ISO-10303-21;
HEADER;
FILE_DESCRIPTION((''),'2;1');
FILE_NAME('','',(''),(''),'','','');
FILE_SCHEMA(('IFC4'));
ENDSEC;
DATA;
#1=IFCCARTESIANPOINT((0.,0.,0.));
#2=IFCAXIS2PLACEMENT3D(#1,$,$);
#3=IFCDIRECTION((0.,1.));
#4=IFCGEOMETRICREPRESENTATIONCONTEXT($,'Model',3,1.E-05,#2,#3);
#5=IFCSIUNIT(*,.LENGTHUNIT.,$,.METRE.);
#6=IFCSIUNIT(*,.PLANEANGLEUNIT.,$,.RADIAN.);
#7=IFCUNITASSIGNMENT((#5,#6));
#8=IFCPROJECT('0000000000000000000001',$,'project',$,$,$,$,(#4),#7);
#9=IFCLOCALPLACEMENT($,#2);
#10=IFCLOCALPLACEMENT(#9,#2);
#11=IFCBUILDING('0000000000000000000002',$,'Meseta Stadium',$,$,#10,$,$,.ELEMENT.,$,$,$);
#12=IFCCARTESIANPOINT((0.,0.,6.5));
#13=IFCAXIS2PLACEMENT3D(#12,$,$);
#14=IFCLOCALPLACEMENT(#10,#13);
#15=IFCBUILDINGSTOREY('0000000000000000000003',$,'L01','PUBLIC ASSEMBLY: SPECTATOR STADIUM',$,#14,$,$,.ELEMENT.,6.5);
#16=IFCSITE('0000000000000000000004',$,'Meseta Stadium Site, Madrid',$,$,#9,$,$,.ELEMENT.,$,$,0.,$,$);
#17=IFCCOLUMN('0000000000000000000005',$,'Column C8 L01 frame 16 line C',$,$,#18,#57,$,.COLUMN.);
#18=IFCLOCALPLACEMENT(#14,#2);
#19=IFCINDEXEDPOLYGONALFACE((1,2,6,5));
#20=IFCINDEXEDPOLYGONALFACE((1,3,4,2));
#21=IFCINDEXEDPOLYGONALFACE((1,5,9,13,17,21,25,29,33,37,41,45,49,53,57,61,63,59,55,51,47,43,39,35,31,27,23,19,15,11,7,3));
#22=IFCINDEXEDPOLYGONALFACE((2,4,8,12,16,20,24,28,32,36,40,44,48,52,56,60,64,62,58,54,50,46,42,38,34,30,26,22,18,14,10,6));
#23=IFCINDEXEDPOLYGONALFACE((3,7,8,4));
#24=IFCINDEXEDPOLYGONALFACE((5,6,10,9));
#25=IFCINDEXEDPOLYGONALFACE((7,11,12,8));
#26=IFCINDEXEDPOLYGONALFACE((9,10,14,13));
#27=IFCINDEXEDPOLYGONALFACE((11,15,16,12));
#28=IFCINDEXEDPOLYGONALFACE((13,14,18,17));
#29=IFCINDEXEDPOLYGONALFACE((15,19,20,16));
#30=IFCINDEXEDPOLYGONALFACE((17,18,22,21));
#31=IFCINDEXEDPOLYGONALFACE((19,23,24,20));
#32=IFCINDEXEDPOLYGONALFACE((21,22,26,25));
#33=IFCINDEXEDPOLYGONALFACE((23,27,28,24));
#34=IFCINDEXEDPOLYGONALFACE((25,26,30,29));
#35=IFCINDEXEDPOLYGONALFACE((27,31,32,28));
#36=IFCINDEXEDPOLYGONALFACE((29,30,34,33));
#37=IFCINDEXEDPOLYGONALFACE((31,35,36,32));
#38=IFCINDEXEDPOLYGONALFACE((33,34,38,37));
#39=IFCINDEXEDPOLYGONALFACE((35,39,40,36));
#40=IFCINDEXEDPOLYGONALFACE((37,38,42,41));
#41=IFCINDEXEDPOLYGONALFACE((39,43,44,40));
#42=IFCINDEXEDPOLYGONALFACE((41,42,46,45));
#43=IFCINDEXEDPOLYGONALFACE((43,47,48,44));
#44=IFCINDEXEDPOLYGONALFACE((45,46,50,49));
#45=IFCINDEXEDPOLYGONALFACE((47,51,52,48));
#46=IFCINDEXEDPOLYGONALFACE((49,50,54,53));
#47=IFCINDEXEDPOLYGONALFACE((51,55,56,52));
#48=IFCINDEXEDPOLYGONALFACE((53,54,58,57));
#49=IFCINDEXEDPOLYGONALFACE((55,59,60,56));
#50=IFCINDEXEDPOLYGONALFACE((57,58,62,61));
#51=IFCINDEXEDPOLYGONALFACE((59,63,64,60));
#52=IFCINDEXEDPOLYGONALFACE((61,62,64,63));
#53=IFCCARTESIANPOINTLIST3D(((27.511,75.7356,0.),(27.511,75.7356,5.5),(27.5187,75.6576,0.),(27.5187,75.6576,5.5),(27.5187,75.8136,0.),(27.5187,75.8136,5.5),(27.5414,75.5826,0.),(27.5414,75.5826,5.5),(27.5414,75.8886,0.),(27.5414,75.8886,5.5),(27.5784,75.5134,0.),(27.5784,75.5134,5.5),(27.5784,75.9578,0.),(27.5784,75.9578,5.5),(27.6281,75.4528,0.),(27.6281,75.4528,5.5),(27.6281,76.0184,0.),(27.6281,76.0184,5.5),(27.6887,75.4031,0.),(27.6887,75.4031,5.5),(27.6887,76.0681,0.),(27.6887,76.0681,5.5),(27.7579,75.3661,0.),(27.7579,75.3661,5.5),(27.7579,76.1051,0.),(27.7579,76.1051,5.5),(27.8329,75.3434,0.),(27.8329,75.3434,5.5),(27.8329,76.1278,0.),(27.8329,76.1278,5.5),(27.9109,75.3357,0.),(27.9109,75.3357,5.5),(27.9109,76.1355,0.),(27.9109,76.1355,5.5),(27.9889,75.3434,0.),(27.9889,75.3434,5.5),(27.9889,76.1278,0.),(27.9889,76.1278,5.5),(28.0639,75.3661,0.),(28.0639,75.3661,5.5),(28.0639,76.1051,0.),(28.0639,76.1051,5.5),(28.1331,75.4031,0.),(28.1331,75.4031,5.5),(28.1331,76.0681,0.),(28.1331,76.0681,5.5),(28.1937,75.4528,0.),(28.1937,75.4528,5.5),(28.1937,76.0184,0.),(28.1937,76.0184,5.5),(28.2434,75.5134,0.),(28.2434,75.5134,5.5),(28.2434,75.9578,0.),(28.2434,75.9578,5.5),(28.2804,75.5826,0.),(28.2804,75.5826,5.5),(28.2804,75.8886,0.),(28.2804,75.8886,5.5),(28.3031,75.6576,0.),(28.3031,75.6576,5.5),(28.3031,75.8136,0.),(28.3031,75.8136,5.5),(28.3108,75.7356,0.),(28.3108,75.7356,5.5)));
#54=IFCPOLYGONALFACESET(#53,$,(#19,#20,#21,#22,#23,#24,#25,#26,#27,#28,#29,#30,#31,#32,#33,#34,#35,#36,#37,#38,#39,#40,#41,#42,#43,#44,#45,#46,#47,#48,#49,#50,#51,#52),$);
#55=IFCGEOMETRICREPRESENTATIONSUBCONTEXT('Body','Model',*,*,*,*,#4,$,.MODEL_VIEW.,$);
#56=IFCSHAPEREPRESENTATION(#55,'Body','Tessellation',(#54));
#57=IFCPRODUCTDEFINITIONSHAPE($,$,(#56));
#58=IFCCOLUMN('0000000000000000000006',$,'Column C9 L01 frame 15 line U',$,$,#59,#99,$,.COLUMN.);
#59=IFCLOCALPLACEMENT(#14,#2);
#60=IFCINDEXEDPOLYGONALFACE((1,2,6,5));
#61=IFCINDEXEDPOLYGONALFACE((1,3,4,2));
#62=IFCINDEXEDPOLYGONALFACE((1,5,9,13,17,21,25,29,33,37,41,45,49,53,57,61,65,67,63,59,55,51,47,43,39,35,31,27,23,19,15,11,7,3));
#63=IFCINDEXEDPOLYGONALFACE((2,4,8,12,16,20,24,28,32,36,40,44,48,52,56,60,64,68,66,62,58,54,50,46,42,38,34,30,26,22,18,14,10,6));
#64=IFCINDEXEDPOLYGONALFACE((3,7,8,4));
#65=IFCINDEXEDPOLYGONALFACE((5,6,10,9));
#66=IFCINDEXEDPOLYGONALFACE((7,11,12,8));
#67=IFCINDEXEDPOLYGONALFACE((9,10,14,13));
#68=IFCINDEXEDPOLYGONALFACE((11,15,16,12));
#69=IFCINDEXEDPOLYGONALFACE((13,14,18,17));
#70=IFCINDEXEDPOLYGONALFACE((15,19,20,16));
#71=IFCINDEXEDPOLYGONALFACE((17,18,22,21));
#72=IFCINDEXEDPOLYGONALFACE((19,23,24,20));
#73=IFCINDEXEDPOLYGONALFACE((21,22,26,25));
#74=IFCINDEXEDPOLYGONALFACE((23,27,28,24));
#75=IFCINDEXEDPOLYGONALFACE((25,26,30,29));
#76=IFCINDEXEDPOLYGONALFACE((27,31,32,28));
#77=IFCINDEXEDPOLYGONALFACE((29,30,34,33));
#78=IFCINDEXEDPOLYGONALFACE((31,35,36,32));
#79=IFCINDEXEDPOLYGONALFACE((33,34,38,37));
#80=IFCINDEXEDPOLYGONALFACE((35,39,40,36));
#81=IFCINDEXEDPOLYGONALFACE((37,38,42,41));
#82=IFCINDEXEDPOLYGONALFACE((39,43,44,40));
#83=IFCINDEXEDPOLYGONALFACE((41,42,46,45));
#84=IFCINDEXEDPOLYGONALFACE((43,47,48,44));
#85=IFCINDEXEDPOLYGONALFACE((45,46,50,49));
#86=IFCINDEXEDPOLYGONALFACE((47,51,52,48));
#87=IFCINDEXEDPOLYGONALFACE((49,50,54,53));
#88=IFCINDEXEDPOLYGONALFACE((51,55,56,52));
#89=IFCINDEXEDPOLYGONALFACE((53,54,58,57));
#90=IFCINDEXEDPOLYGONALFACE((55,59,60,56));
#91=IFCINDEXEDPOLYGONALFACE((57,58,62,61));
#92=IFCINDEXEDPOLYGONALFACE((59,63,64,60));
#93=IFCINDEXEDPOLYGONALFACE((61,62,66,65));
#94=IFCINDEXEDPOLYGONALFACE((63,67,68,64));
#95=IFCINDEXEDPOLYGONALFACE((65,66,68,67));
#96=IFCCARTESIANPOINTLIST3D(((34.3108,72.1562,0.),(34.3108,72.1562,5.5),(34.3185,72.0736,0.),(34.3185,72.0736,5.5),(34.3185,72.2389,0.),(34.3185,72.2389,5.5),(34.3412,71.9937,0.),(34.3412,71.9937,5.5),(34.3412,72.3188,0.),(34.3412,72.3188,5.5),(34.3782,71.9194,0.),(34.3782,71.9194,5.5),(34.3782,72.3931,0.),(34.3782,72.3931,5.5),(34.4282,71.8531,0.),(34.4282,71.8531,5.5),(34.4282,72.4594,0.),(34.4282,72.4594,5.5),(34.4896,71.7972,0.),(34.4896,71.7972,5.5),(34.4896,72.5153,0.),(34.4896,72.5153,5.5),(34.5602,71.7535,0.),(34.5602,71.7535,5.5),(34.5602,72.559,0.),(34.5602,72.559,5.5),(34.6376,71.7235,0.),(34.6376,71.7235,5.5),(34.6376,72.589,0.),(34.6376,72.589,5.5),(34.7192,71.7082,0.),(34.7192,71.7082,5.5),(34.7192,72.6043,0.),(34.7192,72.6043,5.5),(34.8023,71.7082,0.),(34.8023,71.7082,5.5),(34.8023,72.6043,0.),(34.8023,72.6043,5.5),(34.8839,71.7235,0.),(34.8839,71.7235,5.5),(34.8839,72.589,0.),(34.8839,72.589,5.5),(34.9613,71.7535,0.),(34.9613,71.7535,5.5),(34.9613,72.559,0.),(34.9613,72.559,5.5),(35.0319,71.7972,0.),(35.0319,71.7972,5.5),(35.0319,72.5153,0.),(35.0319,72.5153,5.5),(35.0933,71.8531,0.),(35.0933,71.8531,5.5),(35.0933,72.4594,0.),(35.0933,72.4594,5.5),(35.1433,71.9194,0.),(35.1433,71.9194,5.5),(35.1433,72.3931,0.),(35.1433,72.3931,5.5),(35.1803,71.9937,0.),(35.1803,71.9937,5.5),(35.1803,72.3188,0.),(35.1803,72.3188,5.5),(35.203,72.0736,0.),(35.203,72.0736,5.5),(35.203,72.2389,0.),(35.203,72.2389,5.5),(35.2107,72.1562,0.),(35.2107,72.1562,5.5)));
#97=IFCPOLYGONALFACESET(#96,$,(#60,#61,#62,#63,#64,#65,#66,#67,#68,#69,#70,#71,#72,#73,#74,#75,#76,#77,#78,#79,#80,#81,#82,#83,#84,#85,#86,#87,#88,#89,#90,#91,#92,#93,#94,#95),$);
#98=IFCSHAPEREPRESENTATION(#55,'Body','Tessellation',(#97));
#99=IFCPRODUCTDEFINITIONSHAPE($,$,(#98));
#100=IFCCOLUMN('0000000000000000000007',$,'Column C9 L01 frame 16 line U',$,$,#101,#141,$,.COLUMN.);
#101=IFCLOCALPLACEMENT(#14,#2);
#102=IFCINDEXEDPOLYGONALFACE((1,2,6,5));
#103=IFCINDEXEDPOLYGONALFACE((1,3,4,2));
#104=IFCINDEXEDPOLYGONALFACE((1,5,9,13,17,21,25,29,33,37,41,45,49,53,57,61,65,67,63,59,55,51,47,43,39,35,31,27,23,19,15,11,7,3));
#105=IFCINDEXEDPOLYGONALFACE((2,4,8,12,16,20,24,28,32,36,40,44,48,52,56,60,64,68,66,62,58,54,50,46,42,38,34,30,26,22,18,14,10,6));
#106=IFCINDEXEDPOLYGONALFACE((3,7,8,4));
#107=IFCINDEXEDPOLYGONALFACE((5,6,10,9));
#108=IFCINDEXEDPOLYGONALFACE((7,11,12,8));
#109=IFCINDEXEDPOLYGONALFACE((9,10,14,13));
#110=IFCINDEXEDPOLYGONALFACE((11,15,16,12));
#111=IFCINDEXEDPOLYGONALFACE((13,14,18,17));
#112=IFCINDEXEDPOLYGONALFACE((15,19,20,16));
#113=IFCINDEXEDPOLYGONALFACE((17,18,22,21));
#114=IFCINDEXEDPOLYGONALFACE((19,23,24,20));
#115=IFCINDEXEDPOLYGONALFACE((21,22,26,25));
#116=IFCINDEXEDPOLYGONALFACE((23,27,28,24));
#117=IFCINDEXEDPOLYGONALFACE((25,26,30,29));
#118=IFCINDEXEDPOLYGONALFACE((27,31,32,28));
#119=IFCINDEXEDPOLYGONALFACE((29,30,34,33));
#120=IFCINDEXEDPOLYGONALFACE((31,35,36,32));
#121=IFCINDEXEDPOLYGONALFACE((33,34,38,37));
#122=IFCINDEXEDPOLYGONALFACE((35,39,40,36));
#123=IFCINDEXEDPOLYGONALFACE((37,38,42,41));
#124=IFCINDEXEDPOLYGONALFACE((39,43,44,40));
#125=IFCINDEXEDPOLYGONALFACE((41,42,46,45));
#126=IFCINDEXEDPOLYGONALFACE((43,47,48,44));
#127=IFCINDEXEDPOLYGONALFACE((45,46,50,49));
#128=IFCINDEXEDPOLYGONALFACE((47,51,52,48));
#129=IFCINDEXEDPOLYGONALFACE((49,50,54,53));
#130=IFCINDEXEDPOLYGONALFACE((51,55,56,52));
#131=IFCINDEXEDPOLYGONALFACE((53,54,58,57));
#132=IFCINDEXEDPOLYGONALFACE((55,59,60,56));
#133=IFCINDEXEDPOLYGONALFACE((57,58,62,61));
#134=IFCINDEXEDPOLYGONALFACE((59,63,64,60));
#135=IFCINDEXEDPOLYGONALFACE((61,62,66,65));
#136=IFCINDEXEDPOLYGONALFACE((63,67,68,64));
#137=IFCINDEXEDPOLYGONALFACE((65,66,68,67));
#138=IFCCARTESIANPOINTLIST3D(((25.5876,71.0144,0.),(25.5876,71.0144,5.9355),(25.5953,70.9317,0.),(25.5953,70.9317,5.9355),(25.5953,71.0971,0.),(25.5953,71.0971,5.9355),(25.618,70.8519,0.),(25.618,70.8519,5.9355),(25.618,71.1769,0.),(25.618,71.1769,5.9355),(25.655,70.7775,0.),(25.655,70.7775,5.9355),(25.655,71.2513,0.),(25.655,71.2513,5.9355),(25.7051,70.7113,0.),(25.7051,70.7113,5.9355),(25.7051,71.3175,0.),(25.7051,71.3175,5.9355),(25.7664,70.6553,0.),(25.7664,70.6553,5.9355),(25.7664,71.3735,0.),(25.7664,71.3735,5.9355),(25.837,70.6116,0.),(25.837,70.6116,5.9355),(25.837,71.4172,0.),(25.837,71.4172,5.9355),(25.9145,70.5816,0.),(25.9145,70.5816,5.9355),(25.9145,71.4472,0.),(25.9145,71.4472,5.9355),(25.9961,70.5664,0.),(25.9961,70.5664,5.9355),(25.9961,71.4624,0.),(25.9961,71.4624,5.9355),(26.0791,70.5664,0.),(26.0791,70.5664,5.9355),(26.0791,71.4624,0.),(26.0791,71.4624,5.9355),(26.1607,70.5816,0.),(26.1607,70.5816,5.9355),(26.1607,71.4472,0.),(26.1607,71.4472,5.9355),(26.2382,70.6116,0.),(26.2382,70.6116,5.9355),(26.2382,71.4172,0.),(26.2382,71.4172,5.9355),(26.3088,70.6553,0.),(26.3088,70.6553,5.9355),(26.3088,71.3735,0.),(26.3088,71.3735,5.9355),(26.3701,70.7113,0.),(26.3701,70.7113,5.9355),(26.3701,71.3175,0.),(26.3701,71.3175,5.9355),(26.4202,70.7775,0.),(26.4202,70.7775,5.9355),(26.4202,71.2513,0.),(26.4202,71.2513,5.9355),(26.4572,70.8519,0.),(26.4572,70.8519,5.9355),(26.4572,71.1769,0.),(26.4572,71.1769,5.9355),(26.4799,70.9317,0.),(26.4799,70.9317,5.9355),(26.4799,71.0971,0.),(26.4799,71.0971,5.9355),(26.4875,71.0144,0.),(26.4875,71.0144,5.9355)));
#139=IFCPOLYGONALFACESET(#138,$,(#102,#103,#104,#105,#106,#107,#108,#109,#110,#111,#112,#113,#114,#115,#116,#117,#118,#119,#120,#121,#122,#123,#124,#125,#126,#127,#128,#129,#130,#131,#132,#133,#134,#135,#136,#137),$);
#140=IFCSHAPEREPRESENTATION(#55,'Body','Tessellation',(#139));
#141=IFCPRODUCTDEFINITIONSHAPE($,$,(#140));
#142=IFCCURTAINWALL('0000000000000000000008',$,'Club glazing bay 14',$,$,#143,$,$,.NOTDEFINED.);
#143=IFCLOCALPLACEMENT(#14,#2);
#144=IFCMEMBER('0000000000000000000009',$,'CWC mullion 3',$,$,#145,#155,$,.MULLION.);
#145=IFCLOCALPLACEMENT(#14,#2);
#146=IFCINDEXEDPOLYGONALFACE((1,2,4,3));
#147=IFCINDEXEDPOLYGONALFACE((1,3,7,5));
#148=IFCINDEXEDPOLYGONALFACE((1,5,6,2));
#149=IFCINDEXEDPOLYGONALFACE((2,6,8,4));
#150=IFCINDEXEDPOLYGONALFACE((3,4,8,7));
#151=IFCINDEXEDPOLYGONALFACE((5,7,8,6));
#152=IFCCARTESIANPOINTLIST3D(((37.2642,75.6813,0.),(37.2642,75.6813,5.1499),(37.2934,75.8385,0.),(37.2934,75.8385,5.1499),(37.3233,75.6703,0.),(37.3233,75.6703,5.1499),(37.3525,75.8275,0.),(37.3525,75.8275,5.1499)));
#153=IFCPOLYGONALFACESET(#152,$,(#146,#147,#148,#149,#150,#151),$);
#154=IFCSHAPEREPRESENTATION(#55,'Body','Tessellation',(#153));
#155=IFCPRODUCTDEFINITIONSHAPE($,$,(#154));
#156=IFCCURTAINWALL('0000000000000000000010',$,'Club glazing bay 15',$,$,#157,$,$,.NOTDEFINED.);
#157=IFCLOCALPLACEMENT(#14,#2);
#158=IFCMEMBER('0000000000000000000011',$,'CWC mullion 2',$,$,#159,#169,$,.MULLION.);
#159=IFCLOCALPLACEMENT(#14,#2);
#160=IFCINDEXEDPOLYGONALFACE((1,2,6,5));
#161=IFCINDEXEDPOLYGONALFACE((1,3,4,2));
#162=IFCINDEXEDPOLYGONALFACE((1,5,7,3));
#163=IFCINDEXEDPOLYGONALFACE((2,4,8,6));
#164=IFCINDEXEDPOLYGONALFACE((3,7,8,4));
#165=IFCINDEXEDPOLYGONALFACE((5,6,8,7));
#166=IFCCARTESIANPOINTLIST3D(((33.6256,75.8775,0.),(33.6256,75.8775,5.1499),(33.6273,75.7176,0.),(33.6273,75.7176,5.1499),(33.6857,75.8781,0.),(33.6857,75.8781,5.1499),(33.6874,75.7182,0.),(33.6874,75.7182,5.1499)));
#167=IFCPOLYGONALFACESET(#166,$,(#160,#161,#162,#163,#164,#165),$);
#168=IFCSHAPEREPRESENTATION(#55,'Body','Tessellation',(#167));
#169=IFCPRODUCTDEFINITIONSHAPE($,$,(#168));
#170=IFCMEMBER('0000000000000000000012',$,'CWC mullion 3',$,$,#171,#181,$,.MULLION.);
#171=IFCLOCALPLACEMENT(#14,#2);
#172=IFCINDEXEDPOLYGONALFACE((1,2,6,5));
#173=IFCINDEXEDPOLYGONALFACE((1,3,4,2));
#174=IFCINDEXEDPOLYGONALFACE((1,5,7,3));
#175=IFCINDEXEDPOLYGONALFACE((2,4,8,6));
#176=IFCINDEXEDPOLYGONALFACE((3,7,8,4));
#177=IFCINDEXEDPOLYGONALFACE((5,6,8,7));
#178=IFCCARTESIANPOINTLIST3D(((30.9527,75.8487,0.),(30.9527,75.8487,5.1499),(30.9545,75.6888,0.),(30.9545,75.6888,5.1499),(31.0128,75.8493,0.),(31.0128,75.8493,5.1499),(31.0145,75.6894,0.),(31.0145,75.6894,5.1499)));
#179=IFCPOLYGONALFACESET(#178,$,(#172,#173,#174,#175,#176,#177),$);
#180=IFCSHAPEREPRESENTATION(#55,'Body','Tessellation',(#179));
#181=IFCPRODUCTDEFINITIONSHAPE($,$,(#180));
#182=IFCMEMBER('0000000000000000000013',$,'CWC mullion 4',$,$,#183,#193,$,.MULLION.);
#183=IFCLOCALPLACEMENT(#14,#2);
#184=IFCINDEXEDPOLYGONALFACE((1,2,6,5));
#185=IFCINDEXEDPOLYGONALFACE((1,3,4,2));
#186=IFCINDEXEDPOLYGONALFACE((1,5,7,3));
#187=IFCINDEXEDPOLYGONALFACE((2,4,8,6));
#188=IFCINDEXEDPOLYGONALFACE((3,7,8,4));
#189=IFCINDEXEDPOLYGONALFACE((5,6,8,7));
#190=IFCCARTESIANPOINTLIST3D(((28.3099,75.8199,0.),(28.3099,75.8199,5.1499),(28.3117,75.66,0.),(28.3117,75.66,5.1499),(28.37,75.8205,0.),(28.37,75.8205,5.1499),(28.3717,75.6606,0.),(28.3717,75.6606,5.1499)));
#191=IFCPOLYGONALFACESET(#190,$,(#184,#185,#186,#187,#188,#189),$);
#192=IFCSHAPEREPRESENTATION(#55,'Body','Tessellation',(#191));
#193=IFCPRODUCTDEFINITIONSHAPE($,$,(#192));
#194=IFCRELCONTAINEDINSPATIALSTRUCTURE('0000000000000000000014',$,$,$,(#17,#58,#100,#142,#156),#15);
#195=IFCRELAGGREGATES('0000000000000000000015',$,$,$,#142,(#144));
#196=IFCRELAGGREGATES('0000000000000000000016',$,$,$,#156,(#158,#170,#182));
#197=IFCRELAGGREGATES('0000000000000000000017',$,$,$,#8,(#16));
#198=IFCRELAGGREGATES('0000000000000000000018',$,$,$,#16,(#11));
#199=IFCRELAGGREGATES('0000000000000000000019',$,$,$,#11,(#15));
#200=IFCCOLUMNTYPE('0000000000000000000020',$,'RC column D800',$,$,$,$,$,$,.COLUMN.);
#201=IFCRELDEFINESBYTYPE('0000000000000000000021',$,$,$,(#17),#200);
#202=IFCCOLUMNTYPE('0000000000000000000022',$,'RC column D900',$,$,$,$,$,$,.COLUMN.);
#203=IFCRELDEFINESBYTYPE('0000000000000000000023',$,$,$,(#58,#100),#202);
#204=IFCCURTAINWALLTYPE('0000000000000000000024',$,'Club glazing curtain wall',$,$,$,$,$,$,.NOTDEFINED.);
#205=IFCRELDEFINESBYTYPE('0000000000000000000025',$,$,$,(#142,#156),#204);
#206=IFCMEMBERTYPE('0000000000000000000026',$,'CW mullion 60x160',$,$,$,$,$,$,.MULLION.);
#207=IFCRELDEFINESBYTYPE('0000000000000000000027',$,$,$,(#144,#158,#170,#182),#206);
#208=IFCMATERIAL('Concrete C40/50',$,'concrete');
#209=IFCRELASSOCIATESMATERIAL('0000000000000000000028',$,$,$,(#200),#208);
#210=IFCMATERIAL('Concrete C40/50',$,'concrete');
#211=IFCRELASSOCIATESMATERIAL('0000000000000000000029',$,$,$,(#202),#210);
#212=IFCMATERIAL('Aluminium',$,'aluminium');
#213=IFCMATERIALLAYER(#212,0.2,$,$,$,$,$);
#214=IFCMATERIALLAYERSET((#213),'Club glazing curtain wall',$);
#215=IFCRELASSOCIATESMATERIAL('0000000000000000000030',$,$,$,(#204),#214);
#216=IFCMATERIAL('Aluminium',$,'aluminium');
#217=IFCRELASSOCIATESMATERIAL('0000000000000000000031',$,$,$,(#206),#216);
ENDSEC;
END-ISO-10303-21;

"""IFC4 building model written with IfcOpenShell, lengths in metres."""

from ifc_helpers import new_model, si_unit, direction, frame, origin, origin_2d, place, context, subcontext, project, spatial, rectangle, circle, extrude, material, layer, layer_set, material_profile, profile_set, type_object, element, aggregate, save


model = new_model("IFC4")

# Units and contexts
model_context = context("Model", 3, precision=1e-05, world=origin(), true_north=direction((0.0, 1.0)))
body_context = subcontext(model_context, "Body", "Model", "MODEL_VIEW")
ifc_project = project(units=[si_unit("LENGTHUNIT", "METRE"), si_unit("PLANEANGLEUNIT", "RADIAN")], contexts=[model_context])

# Site, building, storey
site_placement = place(None, origin())
site = spatial("IfcSite", under=ifc_project, at=site_placement, Name="Meseta Stadium Site, Madrid", CompositionType="ELEMENT", RefElevation=0.0)
building_placement = place(site_placement, origin())
building = spatial("IfcBuilding", under=site, at=building_placement, Name="Meseta Stadium", CompositionType="ELEMENT")
storey_placement = place(building_placement, frame((0.0, 0.0, 6.5)))
storey = spatial("IfcBuildingStorey", under=building, at=storey_placement, Name="L01", Description="PUBLIC ASSEMBLY: SPECTATOR STADIUM", CompositionType="ELEMENT", Elevation=6.5)

# Columns
ifc_material_1 = material(Name="Concrete C40/50", Category="concrete")
ifc_material_profile_1 = material_profile(ifc_material_1, circle(Radius=0.3999, at=origin_2d()), Name="RC D800")
ifc_profile_set_1 = profile_set([ifc_material_profile_1], Name="Concrete C40/50")
column_type_1 = type_object("IfcColumnType", Name="RC column D800", PredefinedType="COLUMN", material=ifc_profile_set_1)
column_1_placement = place(storey_placement, frame((27.9109, 75.7356, 0.0), z_axis=(0.0, 0.0, 1.0), x_axis=(1.0, 0.0, 0.0)))
element("IfcColumn", 1, at=column_1_placement, inside=storey, type_object=column_type_1, Name="Column C8 L01 frame 16 line C", PredefinedType="COLUMN", context=body_context, shape_type="SweptSolid", body=[
    extrude(circle(Radius=0.3999, at=origin_2d()), origin(), (0.0, 0.0, 1.0), 5.5),
])
ifc_material_2 = material(Name="Concrete C40/50", Category="concrete")
ifc_material_profile_2 = material_profile(ifc_material_2, circle(Radius=0.45, at=origin_2d()), Name="RC D900")
ifc_profile_set_2 = profile_set([ifc_material_profile_2], Name="Concrete C40/50")
column_type_2 = type_object("IfcColumnType", Name="RC column D900", PredefinedType="COLUMN", material=ifc_profile_set_2)
column_2_placement = place(storey_placement, frame((34.7607, 72.1562, 0.0), z_axis=(0.0, 0.0, 1.0), x_axis=(1.0, 0.0, 0.0)))
element("IfcColumn", 2, at=column_2_placement, inside=storey, type_object=column_type_2, Name="Column C9 L01 frame 15 line U", PredefinedType="COLUMN", context=body_context, shape_type="SweptSolid", body=[
    extrude(circle(Radius=0.45, at=origin_2d()), origin(), (0.0, 0.0, 1.0), 5.5),
])
column_3_placement = place(storey_placement, frame((26.0376, 71.0144, 0.0), z_axis=(0.0, 0.0, 1.0), x_axis=(1.0, 0.0, 0.0)))
element("IfcColumn", 3, at=column_3_placement, inside=storey, type_object=column_type_2, Name="Column C9 L01 frame 16 line U", PredefinedType="COLUMN", context=body_context, shape_type="SweptSolid", body=[
    extrude(circle(Radius=0.45, at=origin_2d()), origin(), (0.0, 0.0, 1.0), 5.9355),
])

# Curtain wall, member
ifc_material_3 = material(Name="Aluminium", Category="aluminium")
ifc_layer_1 = layer(ifc_material_3, 0.2)
ifc_layer_set_1 = layer_set([ifc_layer_1], Name="Club glazing curtain wall")
curtain_wall_type = type_object("IfcCurtainWallType", Name="Club glazing curtain wall", PredefinedType="NOTDEFINED", material=ifc_layer_set_1)
curtain_wall_1_placement = place(storey_placement, origin())
curtain_wall_1 = element("IfcCurtainWall", 4, at=curtain_wall_1_placement, inside=storey, type_object=curtain_wall_type, Name="Club glazing bay 14", PredefinedType="NOTDEFINED")
ifc_material_4 = material(Name="Aluminium", Category="aluminium")
ifc_material_profile_3 = material_profile(ifc_material_4, rectangle(XDim=0.1599, YDim=0.0601, at=origin_2d()), Name="CW 160x60")
ifc_profile_set_3 = profile_set([ifc_material_profile_3], Name="Aluminium")
member_type_1 = type_object("IfcMemberType", Name="CW mullion 60x160", PredefinedType="MULLION", material=ifc_profile_set_3)
member_1_placement = place(storey_placement, frame((37.3083, 75.7544, 0.0), z_axis=(0.0, 0.0, 1.0), x_axis=(-0.1826, -0.983187, 0.0)))
member_1 = element("IfcMember", 5, at=member_1_placement, type_object=member_type_1, Name="CWC mullion 3", PredefinedType="MULLION", context=body_context, shape_type="SweptSolid", body=[
    extrude(rectangle(XDim=0.1599, YDim=0.0601, at=origin_2d()), origin(), (0.0, 0.0, 1.0), 5.1499),
])
aggregate(curtain_wall_1, [member_1])

# Curtain wall, members
curtain_wall_2_placement = place(storey_placement, origin())
curtain_wall_2 = element("IfcCurtainWall", 6, at=curtain_wall_2_placement, inside=storey, type_object=curtain_wall_type, Name="Club glazing bay 15", PredefinedType="NOTDEFINED")
member_2_placement = place(storey_placement, frame((33.6565, 75.7979, 0.0), z_axis=(0.0, 0.0, 1.0), x_axis=(0.010843, -0.999941, 0.0)))
member_2 = element("IfcMember", 7, at=member_2_placement, type_object=member_type_1, Name="CWC mullion 2", PredefinedType="MULLION", context=body_context, shape_type="SweptSolid", body=[
    extrude(rectangle(XDim=0.1599, YDim=0.0601, at=origin_2d()), origin(), (0.0, 0.0, 1.0), 5.1499),
])
member_3_placement = place(storey_placement, frame((30.9836, 75.769, 0.0), z_axis=(0.0, 0.0, 1.0), x_axis=(0.010843, -0.999941, 0.0)))
member_3 = element("IfcMember", 8, at=member_3_placement, type_object=member_type_1, Name="CWC mullion 3", PredefinedType="MULLION", context=body_context, shape_type="SweptSolid", body=[
    extrude(rectangle(XDim=0.1599, YDim=0.0601, at=origin_2d()), origin(), (0.0, 0.0, 1.0), 5.1499),
])
member_4_placement = place(storey_placement, frame((28.3408, 75.7402, 0.0), z_axis=(0.0, 0.0, 1.0), x_axis=(0.010843, -0.999941, 0.0)))
member_4 = element("IfcMember", 9, at=member_4_placement, type_object=member_type_1, Name="CWC mullion 4", PredefinedType="MULLION", context=body_context, shape_type="SweptSolid", body=[
    extrude(rectangle(XDim=0.1599, YDim=0.0601, at=origin_2d()), origin(), (0.0, 0.0, 1.0), 5.1499),
])

aggregate(curtain_wall_2, [member_2, member_3, member_4])

save(model, "model.ifc")
